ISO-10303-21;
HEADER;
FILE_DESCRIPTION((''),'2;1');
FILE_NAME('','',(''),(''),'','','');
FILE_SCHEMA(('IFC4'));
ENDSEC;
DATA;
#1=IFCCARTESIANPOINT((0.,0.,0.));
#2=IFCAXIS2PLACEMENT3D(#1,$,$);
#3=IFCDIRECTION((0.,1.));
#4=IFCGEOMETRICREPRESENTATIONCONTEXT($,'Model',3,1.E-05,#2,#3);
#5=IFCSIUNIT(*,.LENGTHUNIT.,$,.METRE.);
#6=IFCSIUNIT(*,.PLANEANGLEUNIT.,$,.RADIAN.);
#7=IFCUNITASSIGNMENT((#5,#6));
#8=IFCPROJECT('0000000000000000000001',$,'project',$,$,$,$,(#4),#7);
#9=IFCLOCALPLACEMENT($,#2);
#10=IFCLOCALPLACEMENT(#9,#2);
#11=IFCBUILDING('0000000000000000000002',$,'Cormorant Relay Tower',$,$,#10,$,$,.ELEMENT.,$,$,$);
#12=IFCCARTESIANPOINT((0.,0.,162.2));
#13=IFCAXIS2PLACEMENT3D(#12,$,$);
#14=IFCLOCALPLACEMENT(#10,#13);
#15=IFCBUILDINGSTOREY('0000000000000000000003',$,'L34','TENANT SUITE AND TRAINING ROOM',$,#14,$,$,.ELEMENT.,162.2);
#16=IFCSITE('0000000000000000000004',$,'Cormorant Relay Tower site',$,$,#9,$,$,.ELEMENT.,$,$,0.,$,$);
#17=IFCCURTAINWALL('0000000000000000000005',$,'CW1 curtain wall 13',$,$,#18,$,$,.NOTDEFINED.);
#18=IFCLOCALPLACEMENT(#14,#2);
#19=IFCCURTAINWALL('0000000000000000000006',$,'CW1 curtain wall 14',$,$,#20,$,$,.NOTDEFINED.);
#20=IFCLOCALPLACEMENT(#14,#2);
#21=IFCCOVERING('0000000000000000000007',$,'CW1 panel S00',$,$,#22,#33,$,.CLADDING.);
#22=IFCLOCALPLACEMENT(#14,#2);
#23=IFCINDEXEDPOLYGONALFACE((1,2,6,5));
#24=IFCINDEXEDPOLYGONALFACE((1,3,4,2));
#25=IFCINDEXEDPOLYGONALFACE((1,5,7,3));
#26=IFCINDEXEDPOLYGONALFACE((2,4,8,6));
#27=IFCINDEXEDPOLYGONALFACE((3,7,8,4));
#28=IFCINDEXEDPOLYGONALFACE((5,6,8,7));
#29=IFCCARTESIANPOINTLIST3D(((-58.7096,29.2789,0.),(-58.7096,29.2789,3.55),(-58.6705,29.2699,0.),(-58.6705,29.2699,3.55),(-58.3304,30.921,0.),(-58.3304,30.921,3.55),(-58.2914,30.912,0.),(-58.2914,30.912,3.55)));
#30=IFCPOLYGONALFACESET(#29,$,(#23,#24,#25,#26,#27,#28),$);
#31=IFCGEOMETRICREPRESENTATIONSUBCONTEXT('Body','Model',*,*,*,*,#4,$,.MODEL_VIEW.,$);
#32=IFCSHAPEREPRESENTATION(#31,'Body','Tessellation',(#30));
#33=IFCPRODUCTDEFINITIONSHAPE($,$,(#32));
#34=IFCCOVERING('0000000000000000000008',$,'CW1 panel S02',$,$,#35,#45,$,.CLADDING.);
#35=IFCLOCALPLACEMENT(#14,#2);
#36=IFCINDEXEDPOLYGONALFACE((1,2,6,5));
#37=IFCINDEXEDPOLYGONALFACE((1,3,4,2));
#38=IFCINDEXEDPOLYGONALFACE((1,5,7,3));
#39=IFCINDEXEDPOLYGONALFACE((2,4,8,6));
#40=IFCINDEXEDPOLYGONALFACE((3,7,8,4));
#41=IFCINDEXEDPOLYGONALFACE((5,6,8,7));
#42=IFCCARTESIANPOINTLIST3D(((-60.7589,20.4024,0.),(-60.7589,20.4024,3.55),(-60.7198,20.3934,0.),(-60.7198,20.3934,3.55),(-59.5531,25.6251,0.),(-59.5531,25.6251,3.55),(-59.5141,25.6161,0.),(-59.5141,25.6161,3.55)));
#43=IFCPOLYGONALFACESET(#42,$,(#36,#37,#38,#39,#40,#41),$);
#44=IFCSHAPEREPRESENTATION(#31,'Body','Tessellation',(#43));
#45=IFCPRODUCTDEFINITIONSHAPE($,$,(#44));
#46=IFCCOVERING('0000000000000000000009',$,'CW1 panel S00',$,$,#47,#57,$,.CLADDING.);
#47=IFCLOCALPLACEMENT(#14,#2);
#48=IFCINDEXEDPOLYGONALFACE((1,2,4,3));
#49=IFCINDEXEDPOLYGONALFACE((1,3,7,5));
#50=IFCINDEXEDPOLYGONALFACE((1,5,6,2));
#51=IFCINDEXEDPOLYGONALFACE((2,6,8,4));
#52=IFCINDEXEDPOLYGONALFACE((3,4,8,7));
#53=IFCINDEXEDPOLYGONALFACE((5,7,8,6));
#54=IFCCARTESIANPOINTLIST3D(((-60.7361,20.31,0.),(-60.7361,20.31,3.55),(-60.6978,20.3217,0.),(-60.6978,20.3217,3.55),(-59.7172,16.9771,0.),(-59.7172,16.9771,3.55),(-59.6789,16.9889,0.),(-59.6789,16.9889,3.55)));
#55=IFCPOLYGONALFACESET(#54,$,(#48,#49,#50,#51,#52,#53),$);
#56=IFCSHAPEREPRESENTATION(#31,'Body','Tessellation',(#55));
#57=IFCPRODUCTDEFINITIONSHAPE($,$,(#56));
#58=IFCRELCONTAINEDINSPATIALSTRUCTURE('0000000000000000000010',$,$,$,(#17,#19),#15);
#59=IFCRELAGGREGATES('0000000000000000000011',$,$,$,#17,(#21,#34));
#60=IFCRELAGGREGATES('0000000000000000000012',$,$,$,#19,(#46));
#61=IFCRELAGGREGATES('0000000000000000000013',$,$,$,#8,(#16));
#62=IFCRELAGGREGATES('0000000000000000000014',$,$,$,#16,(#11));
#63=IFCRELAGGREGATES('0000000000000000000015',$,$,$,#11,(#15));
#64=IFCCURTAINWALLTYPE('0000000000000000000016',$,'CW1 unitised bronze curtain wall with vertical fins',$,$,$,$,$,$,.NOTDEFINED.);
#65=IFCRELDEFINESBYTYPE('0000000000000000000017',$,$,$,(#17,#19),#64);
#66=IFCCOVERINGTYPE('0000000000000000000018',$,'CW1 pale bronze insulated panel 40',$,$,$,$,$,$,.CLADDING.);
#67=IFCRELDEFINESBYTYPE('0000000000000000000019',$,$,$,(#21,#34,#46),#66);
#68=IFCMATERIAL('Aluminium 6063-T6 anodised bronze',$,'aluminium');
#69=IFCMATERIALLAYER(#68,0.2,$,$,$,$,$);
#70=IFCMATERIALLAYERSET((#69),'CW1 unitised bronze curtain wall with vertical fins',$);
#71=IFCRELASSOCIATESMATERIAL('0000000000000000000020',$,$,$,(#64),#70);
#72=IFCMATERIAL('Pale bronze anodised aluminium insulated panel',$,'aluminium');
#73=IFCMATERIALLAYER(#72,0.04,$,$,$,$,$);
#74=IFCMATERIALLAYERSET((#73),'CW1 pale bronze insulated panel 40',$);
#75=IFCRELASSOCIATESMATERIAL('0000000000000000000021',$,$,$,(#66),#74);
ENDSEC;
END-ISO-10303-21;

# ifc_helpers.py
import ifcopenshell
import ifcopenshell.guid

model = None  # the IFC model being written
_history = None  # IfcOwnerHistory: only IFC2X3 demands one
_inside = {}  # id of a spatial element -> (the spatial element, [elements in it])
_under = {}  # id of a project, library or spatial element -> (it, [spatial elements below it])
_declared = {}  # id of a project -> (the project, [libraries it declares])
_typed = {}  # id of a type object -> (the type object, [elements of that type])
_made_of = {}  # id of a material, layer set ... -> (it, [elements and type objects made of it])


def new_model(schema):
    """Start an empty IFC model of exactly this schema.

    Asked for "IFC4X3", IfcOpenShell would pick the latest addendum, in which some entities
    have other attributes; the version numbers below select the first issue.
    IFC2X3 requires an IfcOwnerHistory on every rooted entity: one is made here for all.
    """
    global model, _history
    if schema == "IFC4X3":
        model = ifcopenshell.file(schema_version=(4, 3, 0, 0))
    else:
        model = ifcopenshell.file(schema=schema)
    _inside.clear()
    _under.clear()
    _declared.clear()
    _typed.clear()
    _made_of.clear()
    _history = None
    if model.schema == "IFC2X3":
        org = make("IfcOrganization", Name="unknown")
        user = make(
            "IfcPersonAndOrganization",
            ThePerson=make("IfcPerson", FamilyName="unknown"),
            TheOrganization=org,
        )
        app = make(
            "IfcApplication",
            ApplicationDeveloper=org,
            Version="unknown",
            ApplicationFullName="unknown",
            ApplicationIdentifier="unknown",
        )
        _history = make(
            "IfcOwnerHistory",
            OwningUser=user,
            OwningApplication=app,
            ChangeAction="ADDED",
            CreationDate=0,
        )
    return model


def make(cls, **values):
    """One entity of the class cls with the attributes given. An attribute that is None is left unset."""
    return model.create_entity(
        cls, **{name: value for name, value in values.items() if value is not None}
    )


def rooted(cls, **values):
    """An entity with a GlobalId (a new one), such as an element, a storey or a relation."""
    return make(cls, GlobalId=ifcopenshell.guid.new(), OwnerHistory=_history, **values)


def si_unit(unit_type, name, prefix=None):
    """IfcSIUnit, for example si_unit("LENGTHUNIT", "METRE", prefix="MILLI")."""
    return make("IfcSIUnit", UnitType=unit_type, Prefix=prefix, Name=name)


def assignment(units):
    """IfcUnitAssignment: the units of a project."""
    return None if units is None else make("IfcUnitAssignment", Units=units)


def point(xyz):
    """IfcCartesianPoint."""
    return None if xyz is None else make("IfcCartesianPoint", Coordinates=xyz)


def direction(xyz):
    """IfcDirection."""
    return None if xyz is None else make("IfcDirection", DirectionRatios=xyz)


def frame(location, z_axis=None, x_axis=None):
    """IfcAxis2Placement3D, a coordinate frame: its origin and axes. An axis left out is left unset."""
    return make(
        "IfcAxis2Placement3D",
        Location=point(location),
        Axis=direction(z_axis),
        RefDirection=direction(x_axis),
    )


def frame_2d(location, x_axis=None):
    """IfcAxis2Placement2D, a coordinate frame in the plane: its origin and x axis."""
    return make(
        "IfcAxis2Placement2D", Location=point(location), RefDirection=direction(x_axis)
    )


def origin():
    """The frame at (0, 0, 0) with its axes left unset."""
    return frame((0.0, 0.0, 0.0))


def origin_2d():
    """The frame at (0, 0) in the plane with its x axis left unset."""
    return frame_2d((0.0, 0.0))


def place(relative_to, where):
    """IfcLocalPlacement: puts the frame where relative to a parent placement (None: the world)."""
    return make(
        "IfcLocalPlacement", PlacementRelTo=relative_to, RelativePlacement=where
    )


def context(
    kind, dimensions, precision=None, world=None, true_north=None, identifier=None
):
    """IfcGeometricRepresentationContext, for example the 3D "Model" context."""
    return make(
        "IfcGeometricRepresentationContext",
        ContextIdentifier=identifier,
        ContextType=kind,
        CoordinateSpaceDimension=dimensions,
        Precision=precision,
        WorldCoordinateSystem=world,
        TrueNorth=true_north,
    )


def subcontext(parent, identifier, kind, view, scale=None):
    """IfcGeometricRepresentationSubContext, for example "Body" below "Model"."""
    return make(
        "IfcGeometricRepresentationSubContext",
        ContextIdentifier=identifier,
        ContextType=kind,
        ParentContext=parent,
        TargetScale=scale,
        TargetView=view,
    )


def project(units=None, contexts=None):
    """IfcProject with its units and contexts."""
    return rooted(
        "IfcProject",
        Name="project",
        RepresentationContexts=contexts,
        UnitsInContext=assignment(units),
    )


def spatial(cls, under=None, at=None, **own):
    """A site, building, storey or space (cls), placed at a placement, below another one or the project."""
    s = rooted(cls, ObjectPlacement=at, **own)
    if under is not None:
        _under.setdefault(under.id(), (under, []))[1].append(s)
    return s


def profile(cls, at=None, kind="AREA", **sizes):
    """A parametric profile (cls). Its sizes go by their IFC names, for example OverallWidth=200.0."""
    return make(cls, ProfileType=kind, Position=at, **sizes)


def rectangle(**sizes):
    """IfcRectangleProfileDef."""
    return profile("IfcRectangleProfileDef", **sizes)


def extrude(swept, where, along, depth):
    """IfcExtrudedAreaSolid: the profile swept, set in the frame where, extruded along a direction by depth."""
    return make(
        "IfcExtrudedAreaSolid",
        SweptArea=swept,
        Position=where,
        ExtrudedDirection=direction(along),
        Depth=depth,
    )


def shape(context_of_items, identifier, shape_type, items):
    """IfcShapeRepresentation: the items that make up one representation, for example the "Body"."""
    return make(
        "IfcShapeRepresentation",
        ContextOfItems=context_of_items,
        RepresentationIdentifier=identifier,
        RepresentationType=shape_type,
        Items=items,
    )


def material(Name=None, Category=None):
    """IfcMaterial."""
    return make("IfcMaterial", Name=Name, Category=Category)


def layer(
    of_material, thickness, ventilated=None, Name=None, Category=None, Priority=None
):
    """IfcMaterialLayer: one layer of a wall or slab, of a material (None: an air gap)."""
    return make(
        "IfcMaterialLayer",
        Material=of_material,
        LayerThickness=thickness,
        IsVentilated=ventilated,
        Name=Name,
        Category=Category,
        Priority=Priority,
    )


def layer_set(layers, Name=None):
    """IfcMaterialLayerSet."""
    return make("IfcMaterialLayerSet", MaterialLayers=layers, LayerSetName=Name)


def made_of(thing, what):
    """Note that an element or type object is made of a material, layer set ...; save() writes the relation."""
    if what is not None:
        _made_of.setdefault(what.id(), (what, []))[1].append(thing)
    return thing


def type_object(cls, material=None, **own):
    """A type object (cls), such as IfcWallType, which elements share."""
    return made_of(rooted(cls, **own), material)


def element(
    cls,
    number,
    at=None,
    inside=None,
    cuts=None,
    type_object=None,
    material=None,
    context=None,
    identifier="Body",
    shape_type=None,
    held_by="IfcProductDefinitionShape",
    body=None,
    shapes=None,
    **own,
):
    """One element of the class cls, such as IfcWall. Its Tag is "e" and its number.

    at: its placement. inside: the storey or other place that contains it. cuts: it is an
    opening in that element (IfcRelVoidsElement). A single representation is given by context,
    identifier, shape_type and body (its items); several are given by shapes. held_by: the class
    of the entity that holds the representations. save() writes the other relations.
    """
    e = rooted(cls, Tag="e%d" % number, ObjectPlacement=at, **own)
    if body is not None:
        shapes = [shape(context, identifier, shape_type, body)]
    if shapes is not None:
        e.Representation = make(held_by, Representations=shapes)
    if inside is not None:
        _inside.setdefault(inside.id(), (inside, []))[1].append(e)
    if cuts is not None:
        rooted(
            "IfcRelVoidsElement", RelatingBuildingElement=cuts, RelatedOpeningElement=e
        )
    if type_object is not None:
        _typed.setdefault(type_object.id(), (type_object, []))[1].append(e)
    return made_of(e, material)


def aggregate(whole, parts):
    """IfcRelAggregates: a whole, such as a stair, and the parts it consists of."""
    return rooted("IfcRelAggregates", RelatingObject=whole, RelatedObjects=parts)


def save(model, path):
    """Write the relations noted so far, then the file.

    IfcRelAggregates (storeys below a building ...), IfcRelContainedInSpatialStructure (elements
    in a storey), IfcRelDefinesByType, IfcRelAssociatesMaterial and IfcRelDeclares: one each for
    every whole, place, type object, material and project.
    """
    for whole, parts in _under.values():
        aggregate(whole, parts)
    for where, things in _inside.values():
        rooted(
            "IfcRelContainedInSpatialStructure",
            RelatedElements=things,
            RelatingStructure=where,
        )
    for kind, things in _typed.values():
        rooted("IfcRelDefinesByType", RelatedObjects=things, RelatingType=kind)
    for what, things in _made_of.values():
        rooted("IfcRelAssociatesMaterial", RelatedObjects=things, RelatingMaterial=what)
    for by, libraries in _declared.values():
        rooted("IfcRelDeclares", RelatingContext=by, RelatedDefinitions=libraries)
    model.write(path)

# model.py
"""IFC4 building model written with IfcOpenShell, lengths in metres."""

from ifc_helpers import new_model, si_unit, direction, frame, origin, origin_2d, place, context, subcontext, project, spatial, rectangle, extrude, material, layer, layer_set, type_object, element, aggregate, save


model = new_model("IFC4")

# Units and contexts
model_context = context("Model", 3, precision=1e-05, world=origin(), true_north=direction((0.0, 1.0)))
body_context = subcontext(model_context, "Body", "Model", "MODEL_VIEW")
ifc_project = project(units=[si_unit("LENGTHUNIT", "METRE"), si_unit("PLANEANGLEUNIT", "RADIAN")], contexts=[model_context])

# Site, building, storey
site_placement = place(None, origin())
site = spatial("IfcSite", under=ifc_project, at=site_placement, Name="Cormorant Relay Tower site", CompositionType="ELEMENT", RefElevation=0.0)
building_placement = place(site_placement, origin())
building = spatial("IfcBuilding", under=site, at=building_placement, Name="Cormorant Relay Tower", CompositionType="ELEMENT")
storey_placement = place(building_placement, frame((0.0, 0.0, 162.2)))
storey = spatial("IfcBuildingStorey", under=building, at=storey_placement, Name="L34", Description="TENANT SUITE AND TRAINING ROOM", CompositionType="ELEMENT", Elevation=162.2)

# Curtain walls
ifc_material_1 = material(Name="Aluminium 6063-T6 anodised bronze", Category="aluminium")
ifc_layer_1 = layer(ifc_material_1, 0.2)
ifc_layer_set_1 = layer_set([ifc_layer_1], Name="CW1 unitised bronze curtain wall with vertical fins")
curtain_wall_type = type_object("IfcCurtainWallType", Name="CW1 unitised bronze curtain wall with vertical fins", PredefinedType="NOTDEFINED", material=ifc_layer_set_1)
curtain_wall_1_placement = place(storey_placement, origin())
curtain_wall_1 = element("IfcCurtainWall", 1, at=curtain_wall_1_placement, inside=storey, type_object=curtain_wall_type, Name="CW1 curtain wall 13", PredefinedType="NOTDEFINED")
curtain_wall_2_placement = place(storey_placement, origin())
curtain_wall_2 = element("IfcCurtainWall", 2, at=curtain_wall_2_placement, inside=storey, type_object=curtain_wall_type, Name="CW1 curtain wall 14", PredefinedType="NOTDEFINED")

# Coverings
ifc_material_2 = material(Name="Pale bronze anodised aluminium insulated panel", Category="aluminium")
ifc_layer_2 = layer(ifc_material_2, 0.04)
ifc_layer_set_2 = layer_set([ifc_layer_2], Name="CW1 pale bronze insulated panel 40")
covering_type = type_object("IfcCoveringType", Name="CW1 pale bronze insulated panel 40", PredefinedType="CLADDING", material=ifc_layer_set_2)
covering_1_placement = place(storey_placement, frame((-58.5005, 30.0955, 0.0), z_axis=(0.0, 0.0, 1.0), x_axis=(-0.224951, -0.97437, 0.0)))
covering_1 = element("IfcCovering", 3, at=covering_1_placement, type_object=covering_type, Name="CW1 panel S00", PredefinedType="CLADDING", context=body_context, shape_type="SweptSolid", body=[
    extrude(rectangle(XDim=1.6853, YDim=0.04, at=origin_2d()), origin(), (0.0, 0.0, 1.0), 3.55),
])
covering_2_placement = place(storey_placement, frame((-60.1365, 23.0093, 0.0), z_axis=(0.0, 0.0, 1.0), x_axis=(-0.224951, -0.97437, 0.0)))
covering_2 = element("IfcCovering", 4, at=covering_2_placement, type_object=covering_type, Name="CW1 panel S02", PredefinedType="CLADDING", context=body_context, shape_type="SweptSolid", body=[
    extrude(rectangle(XDim=5.3601, YDim=0.04, at=origin_2d()), origin(), (0.0, 0.0, 1.0), 3.55),
])
aggregate(curtain_wall_1, [covering_1, covering_2])
covering_3_placement = place(storey_placement, frame((-60.2075, 18.6494, 0.0), z_axis=(0.0, 0.0, 1.0), x_axis=(0.292372, -0.956305, 0.0)))
covering_3 = element("IfcCovering", 5, at=covering_3_placement, type_object=covering_type, Name="CW1 panel S00", PredefinedType="CLADDING", context=body_context, shape_type="SweptSolid", body=[
    extrude(rectangle(XDim=3.4851, YDim=0.04, at=origin_2d()), origin(), (0.0, 0.0, 1.0), 3.55),
])
aggregate(curtain_wall_2, [covering_3])

save(model, "model.ifc")
